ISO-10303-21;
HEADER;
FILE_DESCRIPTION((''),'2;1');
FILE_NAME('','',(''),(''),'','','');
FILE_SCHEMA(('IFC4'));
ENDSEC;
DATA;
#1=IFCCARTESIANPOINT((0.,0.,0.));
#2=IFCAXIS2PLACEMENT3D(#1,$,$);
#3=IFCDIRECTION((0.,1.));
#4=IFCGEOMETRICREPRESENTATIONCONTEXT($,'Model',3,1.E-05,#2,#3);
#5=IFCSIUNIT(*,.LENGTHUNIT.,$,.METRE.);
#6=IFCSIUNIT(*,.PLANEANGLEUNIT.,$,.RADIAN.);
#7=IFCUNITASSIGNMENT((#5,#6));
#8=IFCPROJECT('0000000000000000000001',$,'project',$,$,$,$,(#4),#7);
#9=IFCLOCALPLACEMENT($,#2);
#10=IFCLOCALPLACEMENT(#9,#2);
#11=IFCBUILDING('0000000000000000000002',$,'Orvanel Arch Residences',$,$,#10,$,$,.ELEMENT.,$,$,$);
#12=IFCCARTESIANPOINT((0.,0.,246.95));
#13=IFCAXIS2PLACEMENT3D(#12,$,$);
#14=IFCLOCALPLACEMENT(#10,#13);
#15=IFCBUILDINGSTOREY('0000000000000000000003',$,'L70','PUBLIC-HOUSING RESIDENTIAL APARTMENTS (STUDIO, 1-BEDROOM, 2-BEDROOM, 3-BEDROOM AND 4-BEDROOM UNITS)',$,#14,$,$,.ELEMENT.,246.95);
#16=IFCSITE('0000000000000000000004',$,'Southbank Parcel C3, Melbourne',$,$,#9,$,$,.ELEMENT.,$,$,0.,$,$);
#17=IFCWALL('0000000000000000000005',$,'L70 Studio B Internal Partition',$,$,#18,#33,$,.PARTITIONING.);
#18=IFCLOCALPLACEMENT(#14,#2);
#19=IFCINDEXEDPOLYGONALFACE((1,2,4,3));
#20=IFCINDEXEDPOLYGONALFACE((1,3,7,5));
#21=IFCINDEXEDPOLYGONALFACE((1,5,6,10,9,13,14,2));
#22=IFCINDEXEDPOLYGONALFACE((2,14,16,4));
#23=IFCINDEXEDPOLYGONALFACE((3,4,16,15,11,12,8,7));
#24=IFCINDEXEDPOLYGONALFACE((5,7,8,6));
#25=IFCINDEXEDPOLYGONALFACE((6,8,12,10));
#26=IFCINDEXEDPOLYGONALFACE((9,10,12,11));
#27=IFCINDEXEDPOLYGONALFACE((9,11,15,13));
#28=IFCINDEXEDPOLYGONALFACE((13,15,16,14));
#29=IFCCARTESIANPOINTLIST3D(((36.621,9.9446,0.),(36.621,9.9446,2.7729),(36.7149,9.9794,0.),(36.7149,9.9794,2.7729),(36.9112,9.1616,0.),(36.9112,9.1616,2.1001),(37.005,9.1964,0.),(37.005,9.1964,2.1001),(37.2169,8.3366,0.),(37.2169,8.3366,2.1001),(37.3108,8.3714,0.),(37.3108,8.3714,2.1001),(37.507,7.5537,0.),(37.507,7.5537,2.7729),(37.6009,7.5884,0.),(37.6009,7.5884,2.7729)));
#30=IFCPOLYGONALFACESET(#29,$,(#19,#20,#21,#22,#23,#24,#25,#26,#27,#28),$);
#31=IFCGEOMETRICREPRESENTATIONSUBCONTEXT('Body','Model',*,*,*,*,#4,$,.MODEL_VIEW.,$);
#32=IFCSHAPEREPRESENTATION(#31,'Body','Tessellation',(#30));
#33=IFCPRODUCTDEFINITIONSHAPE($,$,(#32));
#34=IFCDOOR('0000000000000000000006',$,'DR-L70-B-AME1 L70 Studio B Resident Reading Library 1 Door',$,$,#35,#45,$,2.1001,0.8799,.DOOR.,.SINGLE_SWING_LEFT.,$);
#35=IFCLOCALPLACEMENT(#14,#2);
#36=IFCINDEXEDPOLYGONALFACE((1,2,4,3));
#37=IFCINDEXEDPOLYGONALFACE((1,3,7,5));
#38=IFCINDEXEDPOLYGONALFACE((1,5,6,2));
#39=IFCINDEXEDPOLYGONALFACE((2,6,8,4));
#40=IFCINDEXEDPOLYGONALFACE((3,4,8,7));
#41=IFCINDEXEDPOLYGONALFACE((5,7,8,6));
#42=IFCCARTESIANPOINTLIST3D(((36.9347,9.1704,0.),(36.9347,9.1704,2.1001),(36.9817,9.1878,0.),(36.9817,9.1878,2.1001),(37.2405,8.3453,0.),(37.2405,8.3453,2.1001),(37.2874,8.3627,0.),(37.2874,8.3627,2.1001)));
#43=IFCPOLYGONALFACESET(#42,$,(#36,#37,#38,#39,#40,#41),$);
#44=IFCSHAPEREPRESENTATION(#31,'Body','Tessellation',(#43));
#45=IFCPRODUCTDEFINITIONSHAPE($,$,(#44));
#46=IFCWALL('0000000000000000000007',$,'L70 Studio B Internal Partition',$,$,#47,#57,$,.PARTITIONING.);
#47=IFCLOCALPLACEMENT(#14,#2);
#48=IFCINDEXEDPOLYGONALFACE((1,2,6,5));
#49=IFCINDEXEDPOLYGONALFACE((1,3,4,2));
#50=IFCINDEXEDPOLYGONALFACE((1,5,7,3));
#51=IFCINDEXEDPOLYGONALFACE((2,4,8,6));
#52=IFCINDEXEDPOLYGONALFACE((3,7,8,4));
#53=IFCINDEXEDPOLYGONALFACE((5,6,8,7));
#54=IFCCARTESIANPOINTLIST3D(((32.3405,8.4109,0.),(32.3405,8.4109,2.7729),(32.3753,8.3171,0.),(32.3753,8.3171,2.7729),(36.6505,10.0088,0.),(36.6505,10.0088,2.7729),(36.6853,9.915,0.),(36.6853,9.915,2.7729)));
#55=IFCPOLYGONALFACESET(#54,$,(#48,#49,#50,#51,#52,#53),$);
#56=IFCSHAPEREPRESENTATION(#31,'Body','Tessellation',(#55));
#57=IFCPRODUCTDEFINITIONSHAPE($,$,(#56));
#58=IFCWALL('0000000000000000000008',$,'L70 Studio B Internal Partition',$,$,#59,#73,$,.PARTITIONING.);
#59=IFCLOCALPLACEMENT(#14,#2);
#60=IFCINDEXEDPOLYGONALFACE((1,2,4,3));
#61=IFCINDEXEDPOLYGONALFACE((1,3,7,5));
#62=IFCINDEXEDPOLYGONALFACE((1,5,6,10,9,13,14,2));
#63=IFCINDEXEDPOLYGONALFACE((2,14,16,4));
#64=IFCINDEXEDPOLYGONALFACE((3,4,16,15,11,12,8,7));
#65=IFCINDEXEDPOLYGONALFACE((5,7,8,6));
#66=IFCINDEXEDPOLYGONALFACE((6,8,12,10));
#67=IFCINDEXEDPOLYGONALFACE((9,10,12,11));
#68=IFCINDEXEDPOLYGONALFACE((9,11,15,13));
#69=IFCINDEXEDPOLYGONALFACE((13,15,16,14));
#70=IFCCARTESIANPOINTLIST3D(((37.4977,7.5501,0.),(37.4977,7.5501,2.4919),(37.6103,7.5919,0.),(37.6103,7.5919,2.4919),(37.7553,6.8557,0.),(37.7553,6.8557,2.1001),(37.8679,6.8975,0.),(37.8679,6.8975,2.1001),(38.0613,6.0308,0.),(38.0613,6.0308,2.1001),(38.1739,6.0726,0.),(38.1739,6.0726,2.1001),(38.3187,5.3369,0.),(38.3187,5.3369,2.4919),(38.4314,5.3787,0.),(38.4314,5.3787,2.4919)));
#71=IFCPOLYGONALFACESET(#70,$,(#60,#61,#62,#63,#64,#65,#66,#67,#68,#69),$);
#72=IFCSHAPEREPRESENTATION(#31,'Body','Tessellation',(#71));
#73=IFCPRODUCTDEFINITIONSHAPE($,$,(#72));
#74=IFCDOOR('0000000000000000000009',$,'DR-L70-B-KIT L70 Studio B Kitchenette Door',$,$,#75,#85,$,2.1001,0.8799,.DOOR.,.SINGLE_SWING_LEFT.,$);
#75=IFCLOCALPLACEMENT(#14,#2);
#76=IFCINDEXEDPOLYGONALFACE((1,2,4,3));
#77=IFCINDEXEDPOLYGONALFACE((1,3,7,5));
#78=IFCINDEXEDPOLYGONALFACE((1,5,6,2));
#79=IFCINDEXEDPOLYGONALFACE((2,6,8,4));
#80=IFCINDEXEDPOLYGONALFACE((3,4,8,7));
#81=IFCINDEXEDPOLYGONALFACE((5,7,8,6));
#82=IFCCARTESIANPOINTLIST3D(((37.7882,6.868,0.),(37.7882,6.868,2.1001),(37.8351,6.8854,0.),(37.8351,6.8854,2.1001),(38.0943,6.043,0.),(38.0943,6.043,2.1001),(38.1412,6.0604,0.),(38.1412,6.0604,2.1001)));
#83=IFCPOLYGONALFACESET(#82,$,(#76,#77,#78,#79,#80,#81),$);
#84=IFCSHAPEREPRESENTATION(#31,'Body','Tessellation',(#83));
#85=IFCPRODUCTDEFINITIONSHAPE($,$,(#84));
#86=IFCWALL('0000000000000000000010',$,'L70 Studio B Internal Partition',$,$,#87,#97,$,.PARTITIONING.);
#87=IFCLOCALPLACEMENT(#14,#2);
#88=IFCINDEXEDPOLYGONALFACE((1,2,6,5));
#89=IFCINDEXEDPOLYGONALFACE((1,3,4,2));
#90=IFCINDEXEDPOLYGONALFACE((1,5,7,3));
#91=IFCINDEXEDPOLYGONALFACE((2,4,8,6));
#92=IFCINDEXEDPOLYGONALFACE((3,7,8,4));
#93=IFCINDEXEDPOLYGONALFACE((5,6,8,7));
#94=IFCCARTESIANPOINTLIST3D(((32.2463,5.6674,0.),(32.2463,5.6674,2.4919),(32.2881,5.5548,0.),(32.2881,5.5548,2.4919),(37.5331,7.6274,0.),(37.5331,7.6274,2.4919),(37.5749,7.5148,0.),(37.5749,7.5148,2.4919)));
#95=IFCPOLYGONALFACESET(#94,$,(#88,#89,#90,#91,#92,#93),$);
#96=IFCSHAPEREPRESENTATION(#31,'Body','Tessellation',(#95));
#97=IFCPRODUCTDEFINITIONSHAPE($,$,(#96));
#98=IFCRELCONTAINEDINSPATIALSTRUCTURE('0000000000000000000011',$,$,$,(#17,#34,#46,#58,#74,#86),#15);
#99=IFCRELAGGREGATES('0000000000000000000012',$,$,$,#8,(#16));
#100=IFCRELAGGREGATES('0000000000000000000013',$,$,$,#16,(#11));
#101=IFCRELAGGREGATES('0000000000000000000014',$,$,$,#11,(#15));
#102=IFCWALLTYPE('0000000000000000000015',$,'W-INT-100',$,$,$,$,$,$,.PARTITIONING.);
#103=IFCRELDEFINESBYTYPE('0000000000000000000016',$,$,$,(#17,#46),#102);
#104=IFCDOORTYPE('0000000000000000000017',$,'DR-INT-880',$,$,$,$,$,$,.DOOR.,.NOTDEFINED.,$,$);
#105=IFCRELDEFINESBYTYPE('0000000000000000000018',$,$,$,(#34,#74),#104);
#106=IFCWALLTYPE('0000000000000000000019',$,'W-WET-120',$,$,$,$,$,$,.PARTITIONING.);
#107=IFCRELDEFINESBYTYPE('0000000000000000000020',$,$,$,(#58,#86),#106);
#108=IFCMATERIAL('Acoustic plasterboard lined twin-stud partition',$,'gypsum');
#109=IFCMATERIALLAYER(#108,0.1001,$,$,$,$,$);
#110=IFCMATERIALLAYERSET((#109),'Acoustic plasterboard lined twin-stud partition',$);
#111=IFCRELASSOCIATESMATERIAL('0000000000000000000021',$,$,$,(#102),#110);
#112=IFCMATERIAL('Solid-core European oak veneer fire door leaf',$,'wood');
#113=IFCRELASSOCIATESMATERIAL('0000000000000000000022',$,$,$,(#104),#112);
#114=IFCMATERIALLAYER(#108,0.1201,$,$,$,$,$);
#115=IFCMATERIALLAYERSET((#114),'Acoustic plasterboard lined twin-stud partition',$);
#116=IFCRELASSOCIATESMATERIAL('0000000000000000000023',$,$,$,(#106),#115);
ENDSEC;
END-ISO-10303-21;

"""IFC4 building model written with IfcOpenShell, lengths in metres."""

from ifc_helpers import new_model, si_unit, direction, frame, frame_2d, origin, place, context, subcontext, project, spatial, rectangle, extrude, material, layer, layer_set, type_object, element, fill, save


model = new_model("IFC4")

# Units and contexts
model_context = context("Model", 3, precision=1e-05, world=origin(), true_north=direction((0.0, 1.0)))
body_context = subcontext(model_context, "Body", "Model", "MODEL_VIEW")
ifc_project = project(units=[si_unit("LENGTHUNIT", "METRE"), si_unit("PLANEANGLEUNIT", "RADIAN")], contexts=[model_context])

# Site, building, storey
site_placement = place(None, origin())
site = spatial("IfcSite", under=ifc_project, at=site_placement, Name="Southbank Parcel C3, Melbourne", CompositionType="ELEMENT", RefElevation=0.0)
building_placement = place(site_placement, origin())
building = spatial("IfcBuilding", under=site, at=building_placement, Name="Orvanel Arch Residences", CompositionType="ELEMENT")
storey_placement = place(building_placement, frame((0.0, 0.0, 246.95)))
storey = spatial("IfcBuildingStorey", under=building, at=storey_placement, Name="L70", Description="PUBLIC-HOUSING RESIDENTIAL APARTMENTS (STUDIO, 1-BEDROOM, 2-BEDROOM, 3-BEDROOM AND 4-BEDROOM UNITS)", CompositionType="ELEMENT", Elevation=246.95)

# Wall, opening, door
ifc_material_1 = material(Name="Acoustic plasterboard lined twin-stud partition", Category="gypsum")
ifc_layer_1 = layer(ifc_material_1, 0.1001)
ifc_layer_set_1 = layer_set([ifc_layer_1], Name="Acoustic plasterboard lined twin-stud partition")
wall_type_1 = type_object("IfcWallType", Name="W-INT-100", PredefinedType="PARTITIONING", material=ifc_layer_set_1)
wall_1_placement = place(storey_placement, frame((37.554, 7.571, 0.0), z_axis=(0.0, 0.0, 1.0), x_axis=(-0.34748, 0.937688, 0.0)))
wall_1 = element("IfcWall", 1, at=wall_1_placement, inside=storey, type_object=wall_type_1, Name="L70 Studio B Internal Partition", PredefinedType="PARTITIONING", context=body_context, shape_type="SweptSolid", body=[
    extrude(rectangle(XDim=2.5498, YDim=0.1001, at=frame_2d((1.2749, 0.0))), origin(), (0.0, 0.0, 1.0), 2.7729),
])
opening_1_placement = place(wall_1_placement, frame((0.835, 0.0, 0.0)))
opening_1 = element("IfcOpeningElement", 2, at=opening_1_placement, cuts=wall_1, PredefinedType="OPENING", context=body_context, shape_type="SweptSolid", body=[
    extrude(rectangle(XDim=0.8799, YDim=2.1001, at=frame_2d((0.4399, 1.05))), frame((0.0, 0.0601, 0.0), z_axis=(0.0, -1.0, 0.0), x_axis=(1.0, 0.0, 0.0)), (0.0, 0.0, 1.0), 0.1201),
])
ifc_material_2 = material(Name="Solid-core European oak veneer fire door leaf", Category="wood")
door_type = type_object("IfcDoorType", Name="DR-INT-880", OperationType="NOTDEFINED", PredefinedType="DOOR", material=ifc_material_2)
door_1_placement = place(opening_1_placement, origin())
door_1 = element("IfcDoor", 3, at=door_1_placement, inside=storey, type_object=door_type, Name="DR-L70-B-AME1 L70 Studio B Resident Reading Library 1 Door", OperationType="SINGLE_SWING_LEFT", OverallHeight=2.1001, OverallWidth=0.8799, PredefinedType="DOOR", context=body_context, shape_type="SweptSolid", body=[
    extrude(rectangle(XDim=0.8799, YDim=2.1001, at=frame_2d((0.4399, 1.05))), frame((0.0, 0.0249, 0.0), z_axis=(0.0, -1.0, 0.0), x_axis=(1.0, 0.0, 0.0)), (0.0, 0.0, 1.0), 0.05),
])
fill(opening_1, door_1)

# Wall
wall_2_placement = place(storey_placement, frame((32.3579, 8.364, 0.0), z_axis=(0.0, 0.0, 1.0), x_axis=(0.937637, 0.347617, 0.0)))
element("IfcWall", 4, at=wall_2_placement, inside=storey, type_object=wall_type_1, Name="L70 Studio B Internal Partition", PredefinedType="PARTITIONING", context=body_context, shape_type="SweptSolid", body=[
    extrude(rectangle(XDim=4.5967, YDim=0.1001, at=frame_2d((2.2983, 0.0))), origin(), (0.0, 0.0, 1.0), 2.7729),
])

# Wall, opening, door
ifc_layer_2 = layer(ifc_material_1, 0.1201)
ifc_layer_set_2 = layer_set([ifc_layer_2], Name="Acoustic plasterboard lined twin-stud partition")
wall_type_2 = type_object("IfcWallType", Name="W-WET-120", PredefinedType="PARTITIONING", material=ifc_layer_set_2)
wall_3_placement = place(storey_placement, frame((38.375, 5.3579, 0.0), z_axis=(0.0, 0.0, 1.0), x_axis=(-0.347823, 0.93756, 0.0)))
wall_3 = element("IfcWall", 5, at=wall_3_placement, inside=storey, type_object=wall_type_2, Name="L70 Studio B Internal Partition", PredefinedType="PARTITIONING", context=body_context, shape_type="SweptSolid", body=[
    extrude(rectangle(XDim=2.3606, YDim=0.1201, at=frame_2d((1.1802, 0.0))), origin(), (0.0, 0.0, 1.0), 2.4919),
])
opening_2_placement = place(wall_3_placement, frame((0.74, 0.0, 0.0)))
opening_2 = element("IfcOpeningElement", 6, at=opening_2_placement, cuts=wall_3, PredefinedType="OPENING", context=body_context, shape_type="SweptSolid", body=[
    extrude(rectangle(XDim=0.8799, YDim=2.1001, at=frame_2d((0.4399, 1.05))), frame((0.0, 0.0701, 0.0), z_axis=(0.0, -1.0, 0.0), x_axis=(1.0, 0.0, 0.0)), (0.0, 0.0, 1.0), 0.1401),
])
door_2_placement = place(opening_2_placement, origin())
door_2 = element("IfcDoor", 7, at=door_2_placement, inside=storey, type_object=door_type, Name="DR-L70-B-KIT L70 Studio B Kitchenette Door", OperationType="SINGLE_SWING_LEFT", OverallHeight=2.1001, OverallWidth=0.8799, PredefinedType="DOOR", context=body_context, shape_type="SweptSolid", body=[
    extrude(rectangle(XDim=0.8799, YDim=2.1001, at=frame_2d((0.4399, 1.05))), frame((0.0, 0.0249, 0.0), z_axis=(0.0, -1.0, 0.0), x_axis=(1.0, 0.0, 0.0)), (0.0, 0.0, 1.0), 0.05),
])
fill(opening_2, door_2)

# Wall
wall_4_placement = place(storey_placement, frame((32.2671, 5.6111, 0.0), z_axis=(0.0, 0.0, 1.0), x_axis=(0.937641, 0.347605, 0.0)))
element("IfcWall", 8, at=wall_4_placement, inside=storey, type_object=wall_type_2, Name="L70 Studio B Internal Partition", PredefinedType="PARTITIONING", context=body_context, shape_type="SweptSolid", body=[
    extrude(rectangle(XDim=5.6384, YDim=0.1201, at=frame_2d((2.8193, 0.0))), origin(), (0.0, 0.0, 1.0), 2.4919),
])

save(model, "model.ifc")
